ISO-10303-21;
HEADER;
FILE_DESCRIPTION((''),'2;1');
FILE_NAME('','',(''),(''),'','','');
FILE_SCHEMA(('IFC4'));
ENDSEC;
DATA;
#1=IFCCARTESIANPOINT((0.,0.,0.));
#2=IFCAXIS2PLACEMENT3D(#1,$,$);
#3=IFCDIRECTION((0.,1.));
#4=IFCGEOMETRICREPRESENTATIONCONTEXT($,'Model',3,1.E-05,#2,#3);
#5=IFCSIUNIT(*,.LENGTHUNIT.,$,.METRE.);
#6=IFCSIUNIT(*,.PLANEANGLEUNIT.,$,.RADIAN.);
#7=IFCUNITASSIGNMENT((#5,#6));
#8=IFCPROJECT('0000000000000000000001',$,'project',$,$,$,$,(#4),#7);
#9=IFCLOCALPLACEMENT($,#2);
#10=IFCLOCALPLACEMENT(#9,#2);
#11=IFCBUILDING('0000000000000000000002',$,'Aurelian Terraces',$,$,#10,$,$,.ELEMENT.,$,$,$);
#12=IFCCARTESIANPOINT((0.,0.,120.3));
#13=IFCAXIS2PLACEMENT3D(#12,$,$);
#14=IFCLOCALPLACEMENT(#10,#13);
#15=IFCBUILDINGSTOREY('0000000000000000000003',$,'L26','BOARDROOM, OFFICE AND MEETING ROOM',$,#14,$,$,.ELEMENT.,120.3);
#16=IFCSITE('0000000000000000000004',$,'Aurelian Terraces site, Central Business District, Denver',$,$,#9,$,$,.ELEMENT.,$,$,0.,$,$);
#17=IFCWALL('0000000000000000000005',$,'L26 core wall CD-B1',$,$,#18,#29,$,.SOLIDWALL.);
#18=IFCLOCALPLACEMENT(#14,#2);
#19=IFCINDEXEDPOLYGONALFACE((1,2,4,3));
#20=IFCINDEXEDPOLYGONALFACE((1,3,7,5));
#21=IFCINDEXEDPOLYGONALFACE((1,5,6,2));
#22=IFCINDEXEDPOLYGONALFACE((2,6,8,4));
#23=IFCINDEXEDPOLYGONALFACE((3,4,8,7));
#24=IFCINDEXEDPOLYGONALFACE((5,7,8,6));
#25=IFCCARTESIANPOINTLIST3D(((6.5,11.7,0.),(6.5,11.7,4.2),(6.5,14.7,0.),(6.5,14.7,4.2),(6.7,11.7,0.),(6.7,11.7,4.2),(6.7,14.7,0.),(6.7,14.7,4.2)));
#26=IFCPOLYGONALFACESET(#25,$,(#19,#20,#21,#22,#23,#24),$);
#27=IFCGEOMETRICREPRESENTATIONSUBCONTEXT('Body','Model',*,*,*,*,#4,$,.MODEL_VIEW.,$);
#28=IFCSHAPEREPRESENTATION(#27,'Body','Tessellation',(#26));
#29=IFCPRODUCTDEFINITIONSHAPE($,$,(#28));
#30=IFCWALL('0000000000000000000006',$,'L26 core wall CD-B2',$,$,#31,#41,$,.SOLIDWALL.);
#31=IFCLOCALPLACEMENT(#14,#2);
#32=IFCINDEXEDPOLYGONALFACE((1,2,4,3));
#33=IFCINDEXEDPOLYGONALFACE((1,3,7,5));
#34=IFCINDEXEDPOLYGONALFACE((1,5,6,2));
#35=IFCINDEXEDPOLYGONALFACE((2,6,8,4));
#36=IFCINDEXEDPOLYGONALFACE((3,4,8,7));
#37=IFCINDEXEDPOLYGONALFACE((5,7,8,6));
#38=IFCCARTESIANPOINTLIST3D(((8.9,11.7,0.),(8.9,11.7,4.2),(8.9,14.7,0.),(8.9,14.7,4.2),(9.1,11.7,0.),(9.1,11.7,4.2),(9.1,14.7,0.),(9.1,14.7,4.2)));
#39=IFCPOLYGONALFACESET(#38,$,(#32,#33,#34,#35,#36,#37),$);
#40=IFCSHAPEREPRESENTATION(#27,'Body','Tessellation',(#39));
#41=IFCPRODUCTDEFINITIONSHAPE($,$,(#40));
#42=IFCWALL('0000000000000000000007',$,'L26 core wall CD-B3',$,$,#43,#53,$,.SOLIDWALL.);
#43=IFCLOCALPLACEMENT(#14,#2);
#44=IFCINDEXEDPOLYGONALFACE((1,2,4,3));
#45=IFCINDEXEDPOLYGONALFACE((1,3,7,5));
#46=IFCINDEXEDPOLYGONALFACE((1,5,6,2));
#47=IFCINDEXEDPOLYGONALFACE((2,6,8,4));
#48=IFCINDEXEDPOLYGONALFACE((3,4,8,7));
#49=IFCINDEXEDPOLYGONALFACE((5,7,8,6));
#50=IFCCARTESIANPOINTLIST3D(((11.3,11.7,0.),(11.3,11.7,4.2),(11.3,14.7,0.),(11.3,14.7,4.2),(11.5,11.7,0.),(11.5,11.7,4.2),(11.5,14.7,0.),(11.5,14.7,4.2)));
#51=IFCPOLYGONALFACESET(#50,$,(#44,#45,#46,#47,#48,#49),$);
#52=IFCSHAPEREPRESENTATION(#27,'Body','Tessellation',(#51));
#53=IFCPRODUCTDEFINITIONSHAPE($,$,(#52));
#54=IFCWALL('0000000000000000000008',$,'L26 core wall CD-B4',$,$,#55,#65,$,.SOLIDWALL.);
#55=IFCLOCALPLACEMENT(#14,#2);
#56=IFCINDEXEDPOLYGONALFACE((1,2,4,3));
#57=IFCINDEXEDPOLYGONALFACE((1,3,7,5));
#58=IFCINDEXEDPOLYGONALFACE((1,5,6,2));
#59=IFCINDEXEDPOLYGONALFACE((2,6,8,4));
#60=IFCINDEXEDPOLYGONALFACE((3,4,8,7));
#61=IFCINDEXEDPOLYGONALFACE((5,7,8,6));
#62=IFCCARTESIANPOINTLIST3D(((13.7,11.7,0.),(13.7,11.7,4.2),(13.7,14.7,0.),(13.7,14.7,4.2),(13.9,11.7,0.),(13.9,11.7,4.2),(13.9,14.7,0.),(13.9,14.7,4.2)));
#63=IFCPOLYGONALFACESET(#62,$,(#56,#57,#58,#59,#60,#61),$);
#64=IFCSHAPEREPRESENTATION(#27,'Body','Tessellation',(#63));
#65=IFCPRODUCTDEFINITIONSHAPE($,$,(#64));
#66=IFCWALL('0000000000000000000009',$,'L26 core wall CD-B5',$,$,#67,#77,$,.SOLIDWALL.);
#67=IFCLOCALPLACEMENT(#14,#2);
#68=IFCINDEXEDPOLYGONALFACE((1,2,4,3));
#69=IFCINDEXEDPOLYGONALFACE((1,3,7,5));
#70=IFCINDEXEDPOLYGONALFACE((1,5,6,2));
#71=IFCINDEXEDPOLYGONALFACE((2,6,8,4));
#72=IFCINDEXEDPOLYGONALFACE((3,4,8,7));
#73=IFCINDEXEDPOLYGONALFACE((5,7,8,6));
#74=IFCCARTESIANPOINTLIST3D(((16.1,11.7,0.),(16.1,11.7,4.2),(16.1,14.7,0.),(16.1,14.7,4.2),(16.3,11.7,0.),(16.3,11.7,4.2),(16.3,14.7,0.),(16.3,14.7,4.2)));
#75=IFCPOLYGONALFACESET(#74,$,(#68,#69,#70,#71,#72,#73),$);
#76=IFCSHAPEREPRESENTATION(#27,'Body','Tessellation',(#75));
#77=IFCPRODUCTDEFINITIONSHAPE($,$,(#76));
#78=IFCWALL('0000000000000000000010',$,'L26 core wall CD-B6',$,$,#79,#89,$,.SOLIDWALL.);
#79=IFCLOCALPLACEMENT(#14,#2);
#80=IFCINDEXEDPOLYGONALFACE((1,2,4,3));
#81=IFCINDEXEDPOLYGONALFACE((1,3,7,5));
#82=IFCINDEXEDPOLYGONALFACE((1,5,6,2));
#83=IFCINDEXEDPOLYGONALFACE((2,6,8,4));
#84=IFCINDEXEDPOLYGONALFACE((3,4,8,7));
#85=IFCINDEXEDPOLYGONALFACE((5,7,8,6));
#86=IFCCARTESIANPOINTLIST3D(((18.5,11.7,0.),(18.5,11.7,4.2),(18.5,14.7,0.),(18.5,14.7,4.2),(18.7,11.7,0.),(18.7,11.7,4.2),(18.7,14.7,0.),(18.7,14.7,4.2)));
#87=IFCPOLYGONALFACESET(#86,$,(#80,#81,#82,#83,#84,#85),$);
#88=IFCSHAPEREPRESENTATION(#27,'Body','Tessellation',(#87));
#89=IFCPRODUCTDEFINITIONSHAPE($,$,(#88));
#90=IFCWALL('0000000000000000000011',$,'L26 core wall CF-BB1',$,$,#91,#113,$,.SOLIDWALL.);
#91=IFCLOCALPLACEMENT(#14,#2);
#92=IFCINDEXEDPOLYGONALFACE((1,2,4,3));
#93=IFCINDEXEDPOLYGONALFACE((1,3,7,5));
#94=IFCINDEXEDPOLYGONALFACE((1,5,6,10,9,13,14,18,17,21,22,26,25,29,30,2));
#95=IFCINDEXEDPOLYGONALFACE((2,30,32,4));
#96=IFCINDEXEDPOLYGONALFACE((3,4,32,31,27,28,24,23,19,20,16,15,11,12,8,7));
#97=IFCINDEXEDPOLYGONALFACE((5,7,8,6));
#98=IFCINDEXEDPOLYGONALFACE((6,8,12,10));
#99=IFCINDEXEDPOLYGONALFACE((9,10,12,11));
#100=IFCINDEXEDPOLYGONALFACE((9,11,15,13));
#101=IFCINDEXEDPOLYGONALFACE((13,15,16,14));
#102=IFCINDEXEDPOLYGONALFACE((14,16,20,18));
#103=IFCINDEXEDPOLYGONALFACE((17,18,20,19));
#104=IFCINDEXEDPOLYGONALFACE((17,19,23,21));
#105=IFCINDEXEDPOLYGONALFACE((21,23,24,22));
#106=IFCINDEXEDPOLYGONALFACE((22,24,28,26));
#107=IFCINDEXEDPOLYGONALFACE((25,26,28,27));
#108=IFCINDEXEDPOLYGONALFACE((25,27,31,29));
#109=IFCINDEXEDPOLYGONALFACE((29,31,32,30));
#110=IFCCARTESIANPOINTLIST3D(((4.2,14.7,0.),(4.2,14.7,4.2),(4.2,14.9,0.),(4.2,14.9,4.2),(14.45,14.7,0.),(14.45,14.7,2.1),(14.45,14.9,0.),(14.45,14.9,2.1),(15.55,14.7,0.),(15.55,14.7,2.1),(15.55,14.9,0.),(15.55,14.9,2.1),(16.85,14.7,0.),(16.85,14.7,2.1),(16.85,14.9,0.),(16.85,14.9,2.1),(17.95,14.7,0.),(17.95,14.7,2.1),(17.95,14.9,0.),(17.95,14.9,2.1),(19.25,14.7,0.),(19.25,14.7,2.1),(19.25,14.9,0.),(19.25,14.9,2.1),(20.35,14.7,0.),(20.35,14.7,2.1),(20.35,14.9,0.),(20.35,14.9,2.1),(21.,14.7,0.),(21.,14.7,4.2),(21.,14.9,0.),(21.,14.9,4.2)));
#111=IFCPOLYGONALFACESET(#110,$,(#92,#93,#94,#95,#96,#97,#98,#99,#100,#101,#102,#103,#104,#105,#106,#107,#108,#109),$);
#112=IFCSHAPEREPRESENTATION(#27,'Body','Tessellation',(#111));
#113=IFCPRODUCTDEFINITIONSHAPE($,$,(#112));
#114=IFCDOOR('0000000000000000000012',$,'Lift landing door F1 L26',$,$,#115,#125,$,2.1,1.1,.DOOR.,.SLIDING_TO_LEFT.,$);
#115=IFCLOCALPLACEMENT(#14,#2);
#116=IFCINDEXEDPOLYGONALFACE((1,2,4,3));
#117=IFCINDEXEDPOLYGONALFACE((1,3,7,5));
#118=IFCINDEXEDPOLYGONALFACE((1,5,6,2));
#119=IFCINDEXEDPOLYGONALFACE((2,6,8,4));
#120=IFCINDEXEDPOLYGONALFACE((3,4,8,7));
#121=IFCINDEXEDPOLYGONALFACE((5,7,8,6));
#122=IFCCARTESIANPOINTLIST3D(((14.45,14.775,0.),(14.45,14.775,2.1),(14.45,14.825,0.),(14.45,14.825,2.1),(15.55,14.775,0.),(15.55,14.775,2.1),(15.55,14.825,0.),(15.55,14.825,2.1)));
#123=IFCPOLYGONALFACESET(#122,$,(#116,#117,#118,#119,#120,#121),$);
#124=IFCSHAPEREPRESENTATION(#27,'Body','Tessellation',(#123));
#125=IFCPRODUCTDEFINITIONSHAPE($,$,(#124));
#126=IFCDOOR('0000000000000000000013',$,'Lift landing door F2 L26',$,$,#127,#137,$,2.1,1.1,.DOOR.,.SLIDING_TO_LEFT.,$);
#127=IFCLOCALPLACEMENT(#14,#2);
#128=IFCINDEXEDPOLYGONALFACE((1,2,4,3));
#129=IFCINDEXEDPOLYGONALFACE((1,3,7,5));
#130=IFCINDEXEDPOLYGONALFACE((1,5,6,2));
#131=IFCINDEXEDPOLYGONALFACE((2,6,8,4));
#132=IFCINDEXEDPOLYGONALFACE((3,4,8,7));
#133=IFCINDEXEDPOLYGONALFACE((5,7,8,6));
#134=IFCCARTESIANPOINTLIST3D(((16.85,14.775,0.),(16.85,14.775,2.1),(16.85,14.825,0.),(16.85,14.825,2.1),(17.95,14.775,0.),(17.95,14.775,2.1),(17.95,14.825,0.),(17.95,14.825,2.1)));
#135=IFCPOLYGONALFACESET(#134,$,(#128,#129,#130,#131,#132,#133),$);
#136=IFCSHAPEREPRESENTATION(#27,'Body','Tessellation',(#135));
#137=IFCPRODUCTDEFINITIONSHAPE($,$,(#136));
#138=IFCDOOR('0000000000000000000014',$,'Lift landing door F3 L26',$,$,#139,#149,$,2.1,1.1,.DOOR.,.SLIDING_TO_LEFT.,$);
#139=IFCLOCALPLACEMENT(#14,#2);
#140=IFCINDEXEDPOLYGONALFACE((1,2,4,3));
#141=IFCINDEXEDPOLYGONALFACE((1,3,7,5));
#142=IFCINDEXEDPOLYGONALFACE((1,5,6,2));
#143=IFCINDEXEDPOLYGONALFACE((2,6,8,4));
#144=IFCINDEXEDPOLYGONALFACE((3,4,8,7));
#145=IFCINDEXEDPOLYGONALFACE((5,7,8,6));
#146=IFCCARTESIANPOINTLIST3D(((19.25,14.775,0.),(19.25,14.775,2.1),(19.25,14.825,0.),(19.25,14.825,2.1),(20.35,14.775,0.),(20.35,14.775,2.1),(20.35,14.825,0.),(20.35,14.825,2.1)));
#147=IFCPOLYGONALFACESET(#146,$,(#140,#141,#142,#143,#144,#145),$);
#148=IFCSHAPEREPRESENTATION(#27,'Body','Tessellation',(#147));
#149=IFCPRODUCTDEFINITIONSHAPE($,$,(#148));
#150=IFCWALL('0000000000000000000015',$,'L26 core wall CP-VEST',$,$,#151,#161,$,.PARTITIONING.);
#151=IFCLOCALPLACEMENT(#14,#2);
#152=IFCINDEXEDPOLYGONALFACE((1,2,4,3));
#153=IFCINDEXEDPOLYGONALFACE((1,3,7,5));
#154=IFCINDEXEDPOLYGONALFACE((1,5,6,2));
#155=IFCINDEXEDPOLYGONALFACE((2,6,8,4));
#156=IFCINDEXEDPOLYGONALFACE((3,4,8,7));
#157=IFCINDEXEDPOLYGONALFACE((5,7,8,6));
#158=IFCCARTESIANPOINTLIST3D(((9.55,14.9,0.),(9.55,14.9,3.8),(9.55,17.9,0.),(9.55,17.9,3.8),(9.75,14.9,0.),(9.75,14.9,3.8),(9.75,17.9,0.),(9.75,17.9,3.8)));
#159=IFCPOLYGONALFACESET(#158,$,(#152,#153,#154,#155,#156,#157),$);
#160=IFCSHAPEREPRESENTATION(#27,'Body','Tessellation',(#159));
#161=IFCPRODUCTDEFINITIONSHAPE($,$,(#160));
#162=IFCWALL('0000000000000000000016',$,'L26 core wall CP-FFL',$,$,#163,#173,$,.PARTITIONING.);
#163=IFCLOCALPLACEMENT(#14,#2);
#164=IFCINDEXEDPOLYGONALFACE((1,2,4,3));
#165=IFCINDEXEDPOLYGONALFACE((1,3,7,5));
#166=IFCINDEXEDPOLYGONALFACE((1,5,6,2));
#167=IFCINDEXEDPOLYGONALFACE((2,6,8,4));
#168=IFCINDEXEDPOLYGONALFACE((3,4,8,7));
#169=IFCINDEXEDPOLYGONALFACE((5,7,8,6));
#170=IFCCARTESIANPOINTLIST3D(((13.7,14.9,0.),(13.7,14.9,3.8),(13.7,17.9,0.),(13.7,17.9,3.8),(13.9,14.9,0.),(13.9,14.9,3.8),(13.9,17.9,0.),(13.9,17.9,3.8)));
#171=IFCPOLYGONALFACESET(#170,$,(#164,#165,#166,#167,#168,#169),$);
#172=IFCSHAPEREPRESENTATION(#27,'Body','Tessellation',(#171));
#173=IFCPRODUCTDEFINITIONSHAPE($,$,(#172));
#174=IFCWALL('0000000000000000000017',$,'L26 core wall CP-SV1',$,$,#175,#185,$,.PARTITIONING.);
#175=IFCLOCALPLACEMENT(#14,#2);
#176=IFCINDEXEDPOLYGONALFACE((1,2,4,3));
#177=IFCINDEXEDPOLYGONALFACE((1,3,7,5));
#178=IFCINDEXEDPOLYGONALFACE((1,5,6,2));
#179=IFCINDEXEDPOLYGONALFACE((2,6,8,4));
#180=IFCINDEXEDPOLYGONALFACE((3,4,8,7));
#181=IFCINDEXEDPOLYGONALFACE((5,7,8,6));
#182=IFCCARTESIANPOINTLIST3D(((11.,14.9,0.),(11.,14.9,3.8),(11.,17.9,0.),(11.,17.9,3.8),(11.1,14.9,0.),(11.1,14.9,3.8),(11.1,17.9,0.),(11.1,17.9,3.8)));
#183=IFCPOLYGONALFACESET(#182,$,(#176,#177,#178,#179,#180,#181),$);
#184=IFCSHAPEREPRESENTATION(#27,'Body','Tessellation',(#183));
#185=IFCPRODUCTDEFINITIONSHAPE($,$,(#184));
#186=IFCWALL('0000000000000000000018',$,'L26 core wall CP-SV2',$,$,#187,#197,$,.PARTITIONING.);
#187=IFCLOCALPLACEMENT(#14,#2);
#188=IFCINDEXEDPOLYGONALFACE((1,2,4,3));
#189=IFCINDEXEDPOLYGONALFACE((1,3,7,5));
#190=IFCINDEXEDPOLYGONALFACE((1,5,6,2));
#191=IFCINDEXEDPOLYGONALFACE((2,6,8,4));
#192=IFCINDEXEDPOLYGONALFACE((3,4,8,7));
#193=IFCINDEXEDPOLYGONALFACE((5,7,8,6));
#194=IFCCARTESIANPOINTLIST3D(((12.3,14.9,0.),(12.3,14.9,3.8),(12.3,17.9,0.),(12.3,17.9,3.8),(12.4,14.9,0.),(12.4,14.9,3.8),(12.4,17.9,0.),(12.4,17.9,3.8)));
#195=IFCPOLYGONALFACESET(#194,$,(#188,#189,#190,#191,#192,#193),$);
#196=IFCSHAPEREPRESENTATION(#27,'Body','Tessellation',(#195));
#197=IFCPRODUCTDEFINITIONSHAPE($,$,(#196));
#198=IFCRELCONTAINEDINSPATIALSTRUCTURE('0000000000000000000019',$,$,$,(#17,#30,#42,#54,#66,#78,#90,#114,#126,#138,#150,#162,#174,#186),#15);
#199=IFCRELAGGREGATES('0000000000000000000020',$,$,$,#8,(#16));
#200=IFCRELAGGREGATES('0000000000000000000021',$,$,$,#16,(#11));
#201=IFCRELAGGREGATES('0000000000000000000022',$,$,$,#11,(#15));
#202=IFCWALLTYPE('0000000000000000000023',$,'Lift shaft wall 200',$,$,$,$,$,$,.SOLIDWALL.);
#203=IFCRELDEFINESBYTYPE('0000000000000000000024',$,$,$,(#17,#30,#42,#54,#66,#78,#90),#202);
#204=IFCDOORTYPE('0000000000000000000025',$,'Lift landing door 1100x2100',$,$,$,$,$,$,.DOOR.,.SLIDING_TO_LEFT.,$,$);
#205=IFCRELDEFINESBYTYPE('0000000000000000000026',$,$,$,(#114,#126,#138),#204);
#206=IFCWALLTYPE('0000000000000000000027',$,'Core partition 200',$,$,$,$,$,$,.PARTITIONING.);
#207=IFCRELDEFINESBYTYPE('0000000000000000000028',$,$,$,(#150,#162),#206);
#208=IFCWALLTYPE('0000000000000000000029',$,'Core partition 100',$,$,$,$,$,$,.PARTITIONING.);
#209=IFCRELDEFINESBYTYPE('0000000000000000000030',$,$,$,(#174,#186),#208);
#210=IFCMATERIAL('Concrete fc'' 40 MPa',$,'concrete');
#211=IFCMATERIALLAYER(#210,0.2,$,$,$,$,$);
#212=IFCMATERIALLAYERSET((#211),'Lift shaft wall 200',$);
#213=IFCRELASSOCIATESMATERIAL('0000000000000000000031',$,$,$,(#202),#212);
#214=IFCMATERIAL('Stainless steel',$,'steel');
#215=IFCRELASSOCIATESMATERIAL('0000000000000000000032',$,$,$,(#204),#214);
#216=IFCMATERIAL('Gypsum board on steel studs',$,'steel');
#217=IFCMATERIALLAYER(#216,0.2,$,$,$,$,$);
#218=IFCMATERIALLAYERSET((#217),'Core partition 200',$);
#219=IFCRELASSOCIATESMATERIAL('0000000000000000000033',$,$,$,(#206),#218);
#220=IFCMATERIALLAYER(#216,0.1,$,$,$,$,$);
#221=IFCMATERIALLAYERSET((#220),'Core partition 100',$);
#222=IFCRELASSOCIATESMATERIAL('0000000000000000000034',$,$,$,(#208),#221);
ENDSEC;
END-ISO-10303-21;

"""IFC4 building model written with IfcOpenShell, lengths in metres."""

from ifc_helpers import new_model, si_unit, direction, frame, frame_2d, origin, place, context, subcontext, project, spatial, rectangle, extrude, source, transform, mapped, material, layer, layer_set, type_object, element, fill, save


model = new_model("IFC4")

# Units and contexts
model_context = context("Model", 3, precision=1e-05, world=origin(), true_north=direction((0.0, 1.0)))
body_context = subcontext(model_context, "Body", "Model", "MODEL_VIEW")
ifc_project = project(units=[si_unit("LENGTHUNIT", "METRE"), si_unit("PLANEANGLEUNIT", "RADIAN")], contexts=[model_context])

# Site, building, storey
site_placement = place(None, origin())
site = spatial("IfcSite", under=ifc_project, at=site_placement, Name="Aurelian Terraces site, Central Business District, Denver", CompositionType="ELEMENT", RefElevation=0.0)
building_placement = place(site_placement, origin())
building = spatial("IfcBuilding", under=site, at=building_placement, Name="Aurelian Terraces", CompositionType="ELEMENT")
storey_placement = place(building_placement, frame((0.0, 0.0, 120.3)))
storey = spatial("IfcBuildingStorey", under=building, at=storey_placement, Name="L26", Description="BOARDROOM, OFFICE AND MEETING ROOM", CompositionType="ELEMENT", Elevation=120.3)

# Walls
ifc_material_1 = material(Name="Concrete fc' 40 MPa", Category="concrete")
ifc_layer_1 = layer(ifc_material_1, 0.2)
ifc_layer_set_1 = layer_set([ifc_layer_1], Name="Lift shaft wall 200")
wall_type_1 = type_object("IfcWallType", Name="Lift shaft wall 200", PredefinedType="SOLIDWALL", material=ifc_layer_set_1)
shared_shape_1 = source(origin(), body_context, "Body", "SweptSolid", [
    extrude(rectangle(XDim=3.0, YDim=0.2, at=frame_2d((1.5, 0.0))), origin(), (0.0, 0.0, 1.0), 4.2),
])
for number, where, z_axis, x_axis, name in (
    (1, (6.6, 11.7, 0.0), (0.0, 0.0, 1.0), (0.0, 1.0, 0.0), "L26 core wall CD-B1"),
    (2, (9.0, 11.7, 0.0), (0.0, 0.0, 1.0), (0.0, 1.0, 0.0), "L26 core wall CD-B2"),
    (3, (11.4, 11.7, 0.0), (0.0, 0.0, 1.0), (0.0, 1.0, 0.0), "L26 core wall CD-B3"),
    (4, (13.8, 11.7, 0.0), (0.0, 0.0, 1.0), (0.0, 1.0, 0.0), "L26 core wall CD-B4"),
    (5, (16.2, 11.7, 0.0), (0.0, 0.0, 1.0), (0.0, 1.0, 0.0), "L26 core wall CD-B5"),
    (6, (18.6, 11.7, 0.0), (0.0, 0.0, 1.0), (0.0, 1.0, 0.0), "L26 core wall CD-B6"),
):
    element("IfcWall", number, at=place(storey_placement, frame(where, z_axis=z_axis, x_axis=x_axis)), inside=storey, type_object=wall_type_1, Name=name, PredefinedType="SOLIDWALL", context=body_context, shape_type="MappedRepresentation", body=[
        mapped(shared_shape_1, transform((0.0, 0.0, 0.0), scale=1.0)),
    ])

# Wall, openings, doors
shared_shape_2 = source(origin(), body_context, "Body", "SweptSolid", [
    extrude(rectangle(XDim=16.8, YDim=0.2, at=frame_2d((8.4, 0.0))), origin(), (0.0, 0.0, 1.0), 4.2),
])
wall_1_placement = place(storey_placement, frame((4.2, 14.8, 0.0), z_axis=(0.0, 0.0, 1.0), x_axis=(1.0, 0.0, 0.0)))
wall_1 = element("IfcWall", 7, at=wall_1_placement, inside=storey, type_object=wall_type_1, Name="L26 core wall CF-BB1", PredefinedType="SOLIDWALL", context=body_context, shape_type="MappedRepresentation", body=[
    mapped(shared_shape_2, transform((0.0, 0.0, 0.0), scale=1.0)),
])
shared_shape_3 = source(origin(), body_context, "Body", "SweptSolid", [
    extrude(rectangle(XDim=1.1, YDim=2.1, at=frame_2d((0.55, 1.05))), frame((0.0, 0.11, 0.0), z_axis=(0.0, -1.0, 0.0), x_axis=(1.0, 0.0, 0.0)), (0.0, 0.0, 1.0), 0.22),
])
opening_1_placement = place(wall_1_placement, frame((10.25, 0.0, 0.0)))
opening_1 = element("IfcOpeningElement", 8, at=opening_1_placement, cuts=wall_1, PredefinedType="OPENING", context=body_context, shape_type="MappedRepresentation", body=[
    mapped(shared_shape_3, transform((0.0, 0.0, 0.0), scale=1.0)),
])
opening_2_placement = place(wall_1_placement, frame((12.65, 0.0, 0.0)))
opening_2 = element("IfcOpeningElement", 9, at=opening_2_placement, cuts=wall_1, PredefinedType="OPENING", context=body_context, shape_type="MappedRepresentation", body=[
    mapped(shared_shape_3, transform((0.0, 0.0, 0.0), scale=1.0)),
])
opening_3_placement = place(wall_1_placement, frame((15.05, 0.0, 0.0)))
opening_3 = element("IfcOpeningElement", 10, at=opening_3_placement, cuts=wall_1, PredefinedType="OPENING", context=body_context, shape_type="MappedRepresentation", body=[
    mapped(shared_shape_3, transform((0.0, 0.0, 0.0), scale=1.0)),
])
ifc_material_2 = material(Name="Stainless steel", Category="steel")
door_type_1 = type_object("IfcDoorType", Name="Lift landing door 1100x2100", OperationType="SLIDING_TO_LEFT", PredefinedType="DOOR", material=ifc_material_2)
shared_shape_4 = source(origin(), body_context, "Body", "SweptSolid", [
    extrude(rectangle(XDim=1.1, YDim=2.1, at=frame_2d((0.55, 1.05))), frame((0.0, 0.025, 0.0), z_axis=(0.0, -1.0, 0.0), x_axis=(1.0, 0.0, 0.0)), (0.0, 0.0, 1.0), 0.05),
])
door_1_placement = place(opening_1_placement, origin())
door_1 = element("IfcDoor", 11, at=door_1_placement, inside=storey, type_object=door_type_1, Name="Lift landing door F1 L26", OperationType="SLIDING_TO_LEFT", OverallHeight=2.1, OverallWidth=1.1, PredefinedType="DOOR", context=body_context, shape_type="MappedRepresentation", body=[
    mapped(shared_shape_4, transform((0.0, 0.0, 0.0), scale=1.0)),
])
fill(opening_1, door_1)
door_2_placement = place(opening_2_placement, origin())
door_2 = element("IfcDoor", 12, at=door_2_placement, inside=storey, type_object=door_type_1, Name="Lift landing door F2 L26", OperationType="SLIDING_TO_LEFT", OverallHeight=2.1, OverallWidth=1.1, PredefinedType="DOOR", context=body_context, shape_type="MappedRepresentation", body=[
    mapped(shared_shape_4, transform((0.0, 0.0, 0.0), scale=1.0)),
])
fill(opening_2, door_2)
door_3_placement = place(opening_3_placement, origin())
door_3 = element("IfcDoor", 13, at=door_3_placement, inside=storey, type_object=door_type_1, Name="Lift landing door F3 L26", OperationType="SLIDING_TO_LEFT", OverallHeight=2.1, OverallWidth=1.1, PredefinedType="DOOR", context=body_context, shape_type="MappedRepresentation", body=[
    mapped(shared_shape_4, transform((0.0, 0.0, 0.0), scale=1.0)),
])
fill(opening_3, door_3)

# Walls
ifc_material_3 = material(Name="Gypsum board on steel studs", Category="steel")
ifc_layer_2 = layer(ifc_material_3, 0.2)
ifc_layer_set_2 = layer_set([ifc_layer_2], Name="Core partition 200")
wall_type_2 = type_object("IfcWallType", Name="Core partition 200", PredefinedType="PARTITIONING", material=ifc_layer_set_2)
shared_shape_5 = source(origin(), body_context, "Body", "SweptSolid", [
    extrude(rectangle(XDim=3.0, YDim=0.2, at=frame_2d((1.5, 0.0))), origin(), (0.0, 0.0, 1.0), 3.8),
])
for number, where, z_axis, x_axis, name in (
    (14, (9.65, 14.9, 0.0), (0.0, 0.0, 1.0), (0.0, 1.0, 0.0), "L26 core wall CP-VEST"),
    (15, (13.8, 14.9, 0.0), (0.0, 0.0, 1.0), (0.0, 1.0, 0.0), "L26 core wall CP-FFL"),
):
    element("IfcWall", number, at=place(storey_placement, frame(where, z_axis=z_axis, x_axis=x_axis)), inside=storey, type_object=wall_type_2, Name=name, PredefinedType="PARTITIONING", context=body_context, shape_type="MappedRepresentation", body=[
        mapped(shared_shape_5, transform((0.0, 0.0, 0.0), scale=1.0)),
    ])
ifc_layer_3 = layer(ifc_material_3, 0.1)
ifc_layer_set_3 = layer_set([ifc_layer_3], Name="Core partition 100")
wall_type_3 = type_object("IfcWallType", Name="Core partition 100", PredefinedType="PARTITIONING", material=ifc_layer_set_3)
shared_shape_6 = source(origin(), body_context, "Body", "SweptSolid", [
    extrude(rectangle(XDim=3.0, YDim=0.1, at=frame_2d((1.5, 0.0))), origin(), (0.0, 0.0, 1.0), 3.8),
])
for number, where, z_axis, x_axis, name in (
    (16, (11.05, 14.9, 0.0), (0.0, 0.0, 1.0), (0.0, 1.0, 0.0), "L26 core wall CP-SV1"),
    (17, (12.35, 14.9, 0.0), (0.0, 0.0, 1.0), (0.0, 1.0, 0.0), "L26 core wall CP-SV2"),
):
    element("IfcWall", number, at=place(storey_placement, frame(where, z_axis=z_axis, x_axis=x_axis)), inside=storey, type_object=wall_type_3, Name=name, PredefinedType="PARTITIONING", context=body_context, shape_type="MappedRepresentation", body=[
        mapped(shared_shape_6, transform((0.0, 0.0, 0.0), scale=1.0)),
    ])

save(model, "model.ifc")
